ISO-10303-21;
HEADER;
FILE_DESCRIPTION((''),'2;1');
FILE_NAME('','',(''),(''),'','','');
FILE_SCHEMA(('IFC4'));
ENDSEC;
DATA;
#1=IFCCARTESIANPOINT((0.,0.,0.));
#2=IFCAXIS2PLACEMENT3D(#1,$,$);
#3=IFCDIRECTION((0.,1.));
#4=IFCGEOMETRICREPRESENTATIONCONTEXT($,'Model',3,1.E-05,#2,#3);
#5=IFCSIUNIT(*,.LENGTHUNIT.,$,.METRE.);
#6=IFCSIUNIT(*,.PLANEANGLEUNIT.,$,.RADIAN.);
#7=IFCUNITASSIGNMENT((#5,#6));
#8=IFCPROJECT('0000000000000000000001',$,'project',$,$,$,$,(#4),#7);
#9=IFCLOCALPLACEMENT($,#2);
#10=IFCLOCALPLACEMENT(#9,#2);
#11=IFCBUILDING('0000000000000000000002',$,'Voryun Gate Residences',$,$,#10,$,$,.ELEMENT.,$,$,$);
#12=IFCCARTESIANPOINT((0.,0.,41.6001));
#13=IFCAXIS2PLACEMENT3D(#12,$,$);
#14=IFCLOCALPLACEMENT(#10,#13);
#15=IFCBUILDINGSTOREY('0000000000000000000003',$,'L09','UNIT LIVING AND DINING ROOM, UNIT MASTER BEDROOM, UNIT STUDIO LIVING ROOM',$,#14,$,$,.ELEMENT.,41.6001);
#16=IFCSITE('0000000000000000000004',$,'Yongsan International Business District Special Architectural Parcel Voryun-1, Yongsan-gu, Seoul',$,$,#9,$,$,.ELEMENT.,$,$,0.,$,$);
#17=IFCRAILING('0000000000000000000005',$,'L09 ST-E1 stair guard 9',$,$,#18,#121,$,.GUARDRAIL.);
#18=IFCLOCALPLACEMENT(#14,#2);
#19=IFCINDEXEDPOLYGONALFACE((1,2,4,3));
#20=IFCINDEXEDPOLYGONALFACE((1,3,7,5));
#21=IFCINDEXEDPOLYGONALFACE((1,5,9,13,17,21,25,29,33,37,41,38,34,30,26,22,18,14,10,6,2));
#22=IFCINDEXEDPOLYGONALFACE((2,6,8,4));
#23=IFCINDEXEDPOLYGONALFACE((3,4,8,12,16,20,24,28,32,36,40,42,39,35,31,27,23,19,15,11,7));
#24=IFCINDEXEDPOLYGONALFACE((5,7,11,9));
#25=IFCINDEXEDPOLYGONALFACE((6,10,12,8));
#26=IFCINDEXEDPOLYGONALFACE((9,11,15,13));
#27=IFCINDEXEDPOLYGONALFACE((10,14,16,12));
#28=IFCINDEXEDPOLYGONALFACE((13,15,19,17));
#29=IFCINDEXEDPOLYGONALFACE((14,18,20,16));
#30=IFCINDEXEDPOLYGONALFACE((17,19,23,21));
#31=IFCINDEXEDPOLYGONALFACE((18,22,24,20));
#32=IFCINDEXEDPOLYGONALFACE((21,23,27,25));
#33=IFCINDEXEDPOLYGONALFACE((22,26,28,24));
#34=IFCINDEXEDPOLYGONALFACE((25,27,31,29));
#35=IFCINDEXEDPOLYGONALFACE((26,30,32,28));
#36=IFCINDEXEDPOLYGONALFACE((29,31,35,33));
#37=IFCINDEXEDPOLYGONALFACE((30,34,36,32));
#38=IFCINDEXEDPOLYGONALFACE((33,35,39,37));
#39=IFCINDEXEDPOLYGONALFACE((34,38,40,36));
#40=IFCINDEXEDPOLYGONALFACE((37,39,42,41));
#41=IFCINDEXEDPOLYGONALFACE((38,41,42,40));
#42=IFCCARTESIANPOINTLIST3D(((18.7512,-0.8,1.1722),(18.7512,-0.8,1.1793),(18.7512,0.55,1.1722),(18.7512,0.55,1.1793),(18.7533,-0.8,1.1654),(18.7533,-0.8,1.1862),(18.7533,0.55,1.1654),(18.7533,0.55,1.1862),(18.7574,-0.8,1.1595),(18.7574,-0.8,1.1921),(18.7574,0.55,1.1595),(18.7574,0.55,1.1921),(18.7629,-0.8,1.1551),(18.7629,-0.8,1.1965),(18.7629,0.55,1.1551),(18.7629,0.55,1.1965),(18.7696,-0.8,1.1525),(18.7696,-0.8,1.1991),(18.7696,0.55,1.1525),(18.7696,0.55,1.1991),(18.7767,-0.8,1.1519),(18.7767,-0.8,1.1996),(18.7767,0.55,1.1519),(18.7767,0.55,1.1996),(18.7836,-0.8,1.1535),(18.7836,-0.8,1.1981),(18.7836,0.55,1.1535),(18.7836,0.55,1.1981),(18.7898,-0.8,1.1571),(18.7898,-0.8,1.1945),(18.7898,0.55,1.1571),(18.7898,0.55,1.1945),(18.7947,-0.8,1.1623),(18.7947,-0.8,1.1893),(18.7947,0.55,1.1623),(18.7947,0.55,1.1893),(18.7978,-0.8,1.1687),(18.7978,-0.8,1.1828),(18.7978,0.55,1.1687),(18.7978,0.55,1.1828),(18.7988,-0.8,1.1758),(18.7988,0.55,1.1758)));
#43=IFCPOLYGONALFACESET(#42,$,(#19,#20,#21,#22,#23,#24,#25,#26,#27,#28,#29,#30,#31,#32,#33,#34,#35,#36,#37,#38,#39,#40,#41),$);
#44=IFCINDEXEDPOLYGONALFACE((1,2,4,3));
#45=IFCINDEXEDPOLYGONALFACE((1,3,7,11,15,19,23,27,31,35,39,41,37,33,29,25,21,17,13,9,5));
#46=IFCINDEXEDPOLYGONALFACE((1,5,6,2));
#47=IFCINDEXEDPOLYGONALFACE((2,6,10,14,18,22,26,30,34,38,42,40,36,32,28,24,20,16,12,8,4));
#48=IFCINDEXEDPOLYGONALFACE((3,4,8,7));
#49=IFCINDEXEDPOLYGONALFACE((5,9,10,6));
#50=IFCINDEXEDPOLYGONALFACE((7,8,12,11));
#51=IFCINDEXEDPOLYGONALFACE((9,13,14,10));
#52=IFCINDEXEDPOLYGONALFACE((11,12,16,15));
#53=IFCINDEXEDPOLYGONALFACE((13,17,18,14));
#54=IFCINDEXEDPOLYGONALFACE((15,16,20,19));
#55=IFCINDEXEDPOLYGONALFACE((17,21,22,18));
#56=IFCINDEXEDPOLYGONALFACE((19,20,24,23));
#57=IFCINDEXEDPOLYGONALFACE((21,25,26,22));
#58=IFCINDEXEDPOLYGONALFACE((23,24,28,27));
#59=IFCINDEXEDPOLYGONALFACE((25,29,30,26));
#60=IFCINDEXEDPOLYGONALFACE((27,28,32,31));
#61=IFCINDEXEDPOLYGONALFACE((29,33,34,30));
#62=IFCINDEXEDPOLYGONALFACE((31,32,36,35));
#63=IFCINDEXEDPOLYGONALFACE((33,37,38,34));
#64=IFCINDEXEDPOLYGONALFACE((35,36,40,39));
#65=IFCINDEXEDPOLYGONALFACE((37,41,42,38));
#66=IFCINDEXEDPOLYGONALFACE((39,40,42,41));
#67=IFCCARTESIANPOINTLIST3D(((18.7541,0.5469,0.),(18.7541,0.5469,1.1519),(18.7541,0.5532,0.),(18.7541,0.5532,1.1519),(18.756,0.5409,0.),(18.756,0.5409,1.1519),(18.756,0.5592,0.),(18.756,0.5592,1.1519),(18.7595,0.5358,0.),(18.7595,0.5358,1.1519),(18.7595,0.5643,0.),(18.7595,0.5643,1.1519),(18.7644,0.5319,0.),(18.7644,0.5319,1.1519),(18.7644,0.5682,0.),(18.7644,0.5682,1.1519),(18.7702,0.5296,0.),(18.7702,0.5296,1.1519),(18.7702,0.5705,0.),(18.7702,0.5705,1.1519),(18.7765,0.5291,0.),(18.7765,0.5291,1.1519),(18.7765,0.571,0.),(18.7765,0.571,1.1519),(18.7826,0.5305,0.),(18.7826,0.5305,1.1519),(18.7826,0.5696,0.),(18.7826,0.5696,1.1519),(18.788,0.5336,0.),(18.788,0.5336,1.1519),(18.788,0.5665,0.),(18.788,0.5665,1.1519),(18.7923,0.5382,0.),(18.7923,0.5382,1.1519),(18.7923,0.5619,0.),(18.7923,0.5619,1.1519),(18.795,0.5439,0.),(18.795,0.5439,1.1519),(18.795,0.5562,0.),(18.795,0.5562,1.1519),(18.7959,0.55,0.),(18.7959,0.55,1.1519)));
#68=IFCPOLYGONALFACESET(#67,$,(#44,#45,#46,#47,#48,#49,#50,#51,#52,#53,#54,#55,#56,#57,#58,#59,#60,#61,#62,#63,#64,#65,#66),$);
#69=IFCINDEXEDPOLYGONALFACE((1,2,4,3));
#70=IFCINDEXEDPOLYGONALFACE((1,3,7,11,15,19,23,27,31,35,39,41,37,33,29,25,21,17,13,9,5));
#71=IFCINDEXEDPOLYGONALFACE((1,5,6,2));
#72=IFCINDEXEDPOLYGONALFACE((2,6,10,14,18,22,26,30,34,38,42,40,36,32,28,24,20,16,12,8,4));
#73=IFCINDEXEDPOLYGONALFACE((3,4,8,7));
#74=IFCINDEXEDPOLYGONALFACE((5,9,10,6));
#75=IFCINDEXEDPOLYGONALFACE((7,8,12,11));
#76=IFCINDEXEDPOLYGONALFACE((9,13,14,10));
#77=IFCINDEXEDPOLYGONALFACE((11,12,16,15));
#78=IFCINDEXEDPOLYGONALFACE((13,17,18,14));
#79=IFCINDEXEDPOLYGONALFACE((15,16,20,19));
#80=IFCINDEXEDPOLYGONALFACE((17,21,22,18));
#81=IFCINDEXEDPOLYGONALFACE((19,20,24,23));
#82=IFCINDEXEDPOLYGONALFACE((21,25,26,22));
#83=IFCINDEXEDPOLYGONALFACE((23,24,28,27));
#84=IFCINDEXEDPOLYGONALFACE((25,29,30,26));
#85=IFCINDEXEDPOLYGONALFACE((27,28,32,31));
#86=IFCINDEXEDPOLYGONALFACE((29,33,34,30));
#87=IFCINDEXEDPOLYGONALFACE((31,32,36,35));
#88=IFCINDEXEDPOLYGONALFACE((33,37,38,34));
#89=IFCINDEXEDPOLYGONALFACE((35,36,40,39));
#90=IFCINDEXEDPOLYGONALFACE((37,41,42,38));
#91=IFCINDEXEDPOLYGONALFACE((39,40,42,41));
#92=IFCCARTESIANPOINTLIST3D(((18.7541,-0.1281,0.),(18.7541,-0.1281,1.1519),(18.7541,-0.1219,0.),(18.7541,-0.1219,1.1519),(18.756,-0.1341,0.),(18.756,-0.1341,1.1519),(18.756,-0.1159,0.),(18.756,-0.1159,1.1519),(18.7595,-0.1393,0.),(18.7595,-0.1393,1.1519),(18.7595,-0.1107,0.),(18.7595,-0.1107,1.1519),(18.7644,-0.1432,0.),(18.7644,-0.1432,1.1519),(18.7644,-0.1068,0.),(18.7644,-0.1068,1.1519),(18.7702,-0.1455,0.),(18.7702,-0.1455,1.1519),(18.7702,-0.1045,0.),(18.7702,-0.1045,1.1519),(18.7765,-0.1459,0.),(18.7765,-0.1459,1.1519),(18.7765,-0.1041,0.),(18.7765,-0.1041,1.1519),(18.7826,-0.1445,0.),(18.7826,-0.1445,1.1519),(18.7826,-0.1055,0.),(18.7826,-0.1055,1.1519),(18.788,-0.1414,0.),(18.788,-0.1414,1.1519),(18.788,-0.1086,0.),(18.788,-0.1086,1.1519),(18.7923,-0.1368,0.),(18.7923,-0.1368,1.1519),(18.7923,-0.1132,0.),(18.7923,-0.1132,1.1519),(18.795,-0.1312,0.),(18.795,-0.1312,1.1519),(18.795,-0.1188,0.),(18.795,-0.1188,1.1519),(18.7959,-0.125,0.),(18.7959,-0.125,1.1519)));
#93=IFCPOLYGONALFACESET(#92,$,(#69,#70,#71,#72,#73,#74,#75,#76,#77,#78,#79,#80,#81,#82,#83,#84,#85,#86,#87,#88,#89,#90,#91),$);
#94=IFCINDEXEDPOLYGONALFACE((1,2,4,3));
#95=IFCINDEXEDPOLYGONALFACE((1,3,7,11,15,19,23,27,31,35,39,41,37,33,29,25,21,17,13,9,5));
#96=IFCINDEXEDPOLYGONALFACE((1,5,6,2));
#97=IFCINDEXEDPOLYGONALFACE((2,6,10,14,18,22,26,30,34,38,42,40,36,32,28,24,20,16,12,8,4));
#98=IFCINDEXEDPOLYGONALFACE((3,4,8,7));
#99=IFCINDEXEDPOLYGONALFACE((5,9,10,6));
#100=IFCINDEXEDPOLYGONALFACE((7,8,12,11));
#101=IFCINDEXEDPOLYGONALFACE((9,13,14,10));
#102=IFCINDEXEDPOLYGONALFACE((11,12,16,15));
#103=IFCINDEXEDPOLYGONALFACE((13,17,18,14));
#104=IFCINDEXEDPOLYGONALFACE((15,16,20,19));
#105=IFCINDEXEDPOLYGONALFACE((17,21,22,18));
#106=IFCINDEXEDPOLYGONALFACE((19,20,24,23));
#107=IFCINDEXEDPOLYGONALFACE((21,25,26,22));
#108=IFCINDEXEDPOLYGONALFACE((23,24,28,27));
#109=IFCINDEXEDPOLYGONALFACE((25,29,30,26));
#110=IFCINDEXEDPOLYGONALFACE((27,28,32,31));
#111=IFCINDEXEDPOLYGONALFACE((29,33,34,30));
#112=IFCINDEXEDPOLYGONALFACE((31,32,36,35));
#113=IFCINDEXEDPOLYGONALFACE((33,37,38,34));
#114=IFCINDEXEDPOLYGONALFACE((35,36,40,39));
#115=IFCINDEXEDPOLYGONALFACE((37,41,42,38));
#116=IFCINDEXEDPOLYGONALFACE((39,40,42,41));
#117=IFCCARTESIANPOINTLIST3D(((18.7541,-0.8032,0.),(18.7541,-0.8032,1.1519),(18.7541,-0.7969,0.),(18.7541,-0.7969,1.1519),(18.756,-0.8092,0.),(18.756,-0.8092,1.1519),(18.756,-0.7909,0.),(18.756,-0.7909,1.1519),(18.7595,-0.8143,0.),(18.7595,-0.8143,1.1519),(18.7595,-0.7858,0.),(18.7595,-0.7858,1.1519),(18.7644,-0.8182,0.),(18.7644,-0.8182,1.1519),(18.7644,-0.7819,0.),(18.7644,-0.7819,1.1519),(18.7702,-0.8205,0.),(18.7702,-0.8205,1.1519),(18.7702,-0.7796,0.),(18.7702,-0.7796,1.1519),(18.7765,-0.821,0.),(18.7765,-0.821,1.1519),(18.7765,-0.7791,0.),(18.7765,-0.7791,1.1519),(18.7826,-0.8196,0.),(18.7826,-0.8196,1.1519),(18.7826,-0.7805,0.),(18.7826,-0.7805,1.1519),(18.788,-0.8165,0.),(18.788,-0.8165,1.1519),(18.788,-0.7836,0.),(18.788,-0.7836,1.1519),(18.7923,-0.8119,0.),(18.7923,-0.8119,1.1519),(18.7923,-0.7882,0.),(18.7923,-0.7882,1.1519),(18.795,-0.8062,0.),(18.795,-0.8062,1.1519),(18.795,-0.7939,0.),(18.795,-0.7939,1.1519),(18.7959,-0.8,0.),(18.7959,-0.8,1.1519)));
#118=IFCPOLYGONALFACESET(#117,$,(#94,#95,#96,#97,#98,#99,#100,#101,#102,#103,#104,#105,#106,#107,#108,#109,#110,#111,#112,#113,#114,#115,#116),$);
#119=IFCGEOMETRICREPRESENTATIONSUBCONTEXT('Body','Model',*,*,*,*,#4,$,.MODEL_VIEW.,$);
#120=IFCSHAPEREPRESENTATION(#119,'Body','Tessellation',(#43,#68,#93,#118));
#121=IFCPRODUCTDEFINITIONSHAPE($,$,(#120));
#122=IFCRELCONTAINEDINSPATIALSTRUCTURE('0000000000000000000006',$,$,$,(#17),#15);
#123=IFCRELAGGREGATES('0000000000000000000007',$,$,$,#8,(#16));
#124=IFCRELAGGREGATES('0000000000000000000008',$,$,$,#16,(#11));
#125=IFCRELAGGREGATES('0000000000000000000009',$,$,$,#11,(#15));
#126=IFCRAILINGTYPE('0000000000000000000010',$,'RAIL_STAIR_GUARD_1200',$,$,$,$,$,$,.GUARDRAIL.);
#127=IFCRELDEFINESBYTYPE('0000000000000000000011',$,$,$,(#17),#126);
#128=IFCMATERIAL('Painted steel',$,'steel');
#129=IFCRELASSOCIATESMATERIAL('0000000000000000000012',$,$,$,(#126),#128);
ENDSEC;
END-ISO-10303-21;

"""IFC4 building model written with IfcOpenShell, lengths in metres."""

from ifc_helpers import new_model, si_unit, direction, frame, origin, origin_2d, place, context, subcontext, project, spatial, circle, extrude, material, type_object, element, save


model = new_model("IFC4")

# Units and contexts
model_context = context("Model", 3, precision=1e-05, world=origin(), true_north=direction((0.0, 1.0)))
body_context = subcontext(model_context, "Body", "Model", "MODEL_VIEW")
ifc_project = project(units=[si_unit("LENGTHUNIT", "METRE"), si_unit("PLANEANGLEUNIT", "RADIAN")], contexts=[model_context])

# Site, building, storey
site_placement = place(None, origin())
site = spatial("IfcSite", under=ifc_project, at=site_placement, Name="Yongsan International Business District Special Architectural Parcel Voryun-1, Yongsan-gu, Seoul", CompositionType="ELEMENT", RefElevation=0.0)
building_placement = place(site_placement, origin())
building = spatial("IfcBuilding", under=site, at=building_placement, Name="Voryun Gate Residences", CompositionType="ELEMENT")
storey_placement = place(building_placement, frame((0.0, 0.0, 41.6001)))
storey = spatial("IfcBuildingStorey", under=building, at=storey_placement, Name="L09", Description="UNIT LIVING AND DINING ROOM, UNIT MASTER BEDROOM, UNIT STUDIO LIVING ROOM", CompositionType="ELEMENT", Elevation=41.6001)

# Railing
ifc_material_1 = material(Name="Painted steel", Category="steel")
railing_type = type_object("IfcRailingType", Name="RAIL_STAIR_GUARD_1200", PredefinedType="GUARDRAIL", material=ifc_material_1)
for number, where, name in (
    (1, (18.7749, 0.55, 0.0), "L09 ST-E1 stair guard 9"),
):
    element("IfcRailing", number, at=place(storey_placement, frame(where)), inside=storey, type_object=railing_type, Name=name, PredefinedType="GUARDRAIL", context=body_context, shape_type="SweptSolid", body=[
        extrude(circle(Radius=0.0239, at=origin_2d()), frame((0.0, 0.0, 1.1758), z_axis=(0.0, -1.0, 0.0), x_axis=(1.0, 0.0, 0.0)), (0.0, 0.0, 1.0), 1.3501),
        extrude(circle(Radius=0.021, at=origin_2d()), origin(), (0.0, 0.0, 1.0), 1.1519),
        extrude(circle(Radius=0.021, at=origin_2d()), frame((0.0, -0.675, 0.0)), (0.0, 0.0, 1.0), 1.1519),
        extrude(circle(Radius=0.021, at=origin_2d()), frame((0.0, -1.3501, 0.0)), (0.0, 0.0, 1.0), 1.1519),
    ])

save(model, "model.ifc")
